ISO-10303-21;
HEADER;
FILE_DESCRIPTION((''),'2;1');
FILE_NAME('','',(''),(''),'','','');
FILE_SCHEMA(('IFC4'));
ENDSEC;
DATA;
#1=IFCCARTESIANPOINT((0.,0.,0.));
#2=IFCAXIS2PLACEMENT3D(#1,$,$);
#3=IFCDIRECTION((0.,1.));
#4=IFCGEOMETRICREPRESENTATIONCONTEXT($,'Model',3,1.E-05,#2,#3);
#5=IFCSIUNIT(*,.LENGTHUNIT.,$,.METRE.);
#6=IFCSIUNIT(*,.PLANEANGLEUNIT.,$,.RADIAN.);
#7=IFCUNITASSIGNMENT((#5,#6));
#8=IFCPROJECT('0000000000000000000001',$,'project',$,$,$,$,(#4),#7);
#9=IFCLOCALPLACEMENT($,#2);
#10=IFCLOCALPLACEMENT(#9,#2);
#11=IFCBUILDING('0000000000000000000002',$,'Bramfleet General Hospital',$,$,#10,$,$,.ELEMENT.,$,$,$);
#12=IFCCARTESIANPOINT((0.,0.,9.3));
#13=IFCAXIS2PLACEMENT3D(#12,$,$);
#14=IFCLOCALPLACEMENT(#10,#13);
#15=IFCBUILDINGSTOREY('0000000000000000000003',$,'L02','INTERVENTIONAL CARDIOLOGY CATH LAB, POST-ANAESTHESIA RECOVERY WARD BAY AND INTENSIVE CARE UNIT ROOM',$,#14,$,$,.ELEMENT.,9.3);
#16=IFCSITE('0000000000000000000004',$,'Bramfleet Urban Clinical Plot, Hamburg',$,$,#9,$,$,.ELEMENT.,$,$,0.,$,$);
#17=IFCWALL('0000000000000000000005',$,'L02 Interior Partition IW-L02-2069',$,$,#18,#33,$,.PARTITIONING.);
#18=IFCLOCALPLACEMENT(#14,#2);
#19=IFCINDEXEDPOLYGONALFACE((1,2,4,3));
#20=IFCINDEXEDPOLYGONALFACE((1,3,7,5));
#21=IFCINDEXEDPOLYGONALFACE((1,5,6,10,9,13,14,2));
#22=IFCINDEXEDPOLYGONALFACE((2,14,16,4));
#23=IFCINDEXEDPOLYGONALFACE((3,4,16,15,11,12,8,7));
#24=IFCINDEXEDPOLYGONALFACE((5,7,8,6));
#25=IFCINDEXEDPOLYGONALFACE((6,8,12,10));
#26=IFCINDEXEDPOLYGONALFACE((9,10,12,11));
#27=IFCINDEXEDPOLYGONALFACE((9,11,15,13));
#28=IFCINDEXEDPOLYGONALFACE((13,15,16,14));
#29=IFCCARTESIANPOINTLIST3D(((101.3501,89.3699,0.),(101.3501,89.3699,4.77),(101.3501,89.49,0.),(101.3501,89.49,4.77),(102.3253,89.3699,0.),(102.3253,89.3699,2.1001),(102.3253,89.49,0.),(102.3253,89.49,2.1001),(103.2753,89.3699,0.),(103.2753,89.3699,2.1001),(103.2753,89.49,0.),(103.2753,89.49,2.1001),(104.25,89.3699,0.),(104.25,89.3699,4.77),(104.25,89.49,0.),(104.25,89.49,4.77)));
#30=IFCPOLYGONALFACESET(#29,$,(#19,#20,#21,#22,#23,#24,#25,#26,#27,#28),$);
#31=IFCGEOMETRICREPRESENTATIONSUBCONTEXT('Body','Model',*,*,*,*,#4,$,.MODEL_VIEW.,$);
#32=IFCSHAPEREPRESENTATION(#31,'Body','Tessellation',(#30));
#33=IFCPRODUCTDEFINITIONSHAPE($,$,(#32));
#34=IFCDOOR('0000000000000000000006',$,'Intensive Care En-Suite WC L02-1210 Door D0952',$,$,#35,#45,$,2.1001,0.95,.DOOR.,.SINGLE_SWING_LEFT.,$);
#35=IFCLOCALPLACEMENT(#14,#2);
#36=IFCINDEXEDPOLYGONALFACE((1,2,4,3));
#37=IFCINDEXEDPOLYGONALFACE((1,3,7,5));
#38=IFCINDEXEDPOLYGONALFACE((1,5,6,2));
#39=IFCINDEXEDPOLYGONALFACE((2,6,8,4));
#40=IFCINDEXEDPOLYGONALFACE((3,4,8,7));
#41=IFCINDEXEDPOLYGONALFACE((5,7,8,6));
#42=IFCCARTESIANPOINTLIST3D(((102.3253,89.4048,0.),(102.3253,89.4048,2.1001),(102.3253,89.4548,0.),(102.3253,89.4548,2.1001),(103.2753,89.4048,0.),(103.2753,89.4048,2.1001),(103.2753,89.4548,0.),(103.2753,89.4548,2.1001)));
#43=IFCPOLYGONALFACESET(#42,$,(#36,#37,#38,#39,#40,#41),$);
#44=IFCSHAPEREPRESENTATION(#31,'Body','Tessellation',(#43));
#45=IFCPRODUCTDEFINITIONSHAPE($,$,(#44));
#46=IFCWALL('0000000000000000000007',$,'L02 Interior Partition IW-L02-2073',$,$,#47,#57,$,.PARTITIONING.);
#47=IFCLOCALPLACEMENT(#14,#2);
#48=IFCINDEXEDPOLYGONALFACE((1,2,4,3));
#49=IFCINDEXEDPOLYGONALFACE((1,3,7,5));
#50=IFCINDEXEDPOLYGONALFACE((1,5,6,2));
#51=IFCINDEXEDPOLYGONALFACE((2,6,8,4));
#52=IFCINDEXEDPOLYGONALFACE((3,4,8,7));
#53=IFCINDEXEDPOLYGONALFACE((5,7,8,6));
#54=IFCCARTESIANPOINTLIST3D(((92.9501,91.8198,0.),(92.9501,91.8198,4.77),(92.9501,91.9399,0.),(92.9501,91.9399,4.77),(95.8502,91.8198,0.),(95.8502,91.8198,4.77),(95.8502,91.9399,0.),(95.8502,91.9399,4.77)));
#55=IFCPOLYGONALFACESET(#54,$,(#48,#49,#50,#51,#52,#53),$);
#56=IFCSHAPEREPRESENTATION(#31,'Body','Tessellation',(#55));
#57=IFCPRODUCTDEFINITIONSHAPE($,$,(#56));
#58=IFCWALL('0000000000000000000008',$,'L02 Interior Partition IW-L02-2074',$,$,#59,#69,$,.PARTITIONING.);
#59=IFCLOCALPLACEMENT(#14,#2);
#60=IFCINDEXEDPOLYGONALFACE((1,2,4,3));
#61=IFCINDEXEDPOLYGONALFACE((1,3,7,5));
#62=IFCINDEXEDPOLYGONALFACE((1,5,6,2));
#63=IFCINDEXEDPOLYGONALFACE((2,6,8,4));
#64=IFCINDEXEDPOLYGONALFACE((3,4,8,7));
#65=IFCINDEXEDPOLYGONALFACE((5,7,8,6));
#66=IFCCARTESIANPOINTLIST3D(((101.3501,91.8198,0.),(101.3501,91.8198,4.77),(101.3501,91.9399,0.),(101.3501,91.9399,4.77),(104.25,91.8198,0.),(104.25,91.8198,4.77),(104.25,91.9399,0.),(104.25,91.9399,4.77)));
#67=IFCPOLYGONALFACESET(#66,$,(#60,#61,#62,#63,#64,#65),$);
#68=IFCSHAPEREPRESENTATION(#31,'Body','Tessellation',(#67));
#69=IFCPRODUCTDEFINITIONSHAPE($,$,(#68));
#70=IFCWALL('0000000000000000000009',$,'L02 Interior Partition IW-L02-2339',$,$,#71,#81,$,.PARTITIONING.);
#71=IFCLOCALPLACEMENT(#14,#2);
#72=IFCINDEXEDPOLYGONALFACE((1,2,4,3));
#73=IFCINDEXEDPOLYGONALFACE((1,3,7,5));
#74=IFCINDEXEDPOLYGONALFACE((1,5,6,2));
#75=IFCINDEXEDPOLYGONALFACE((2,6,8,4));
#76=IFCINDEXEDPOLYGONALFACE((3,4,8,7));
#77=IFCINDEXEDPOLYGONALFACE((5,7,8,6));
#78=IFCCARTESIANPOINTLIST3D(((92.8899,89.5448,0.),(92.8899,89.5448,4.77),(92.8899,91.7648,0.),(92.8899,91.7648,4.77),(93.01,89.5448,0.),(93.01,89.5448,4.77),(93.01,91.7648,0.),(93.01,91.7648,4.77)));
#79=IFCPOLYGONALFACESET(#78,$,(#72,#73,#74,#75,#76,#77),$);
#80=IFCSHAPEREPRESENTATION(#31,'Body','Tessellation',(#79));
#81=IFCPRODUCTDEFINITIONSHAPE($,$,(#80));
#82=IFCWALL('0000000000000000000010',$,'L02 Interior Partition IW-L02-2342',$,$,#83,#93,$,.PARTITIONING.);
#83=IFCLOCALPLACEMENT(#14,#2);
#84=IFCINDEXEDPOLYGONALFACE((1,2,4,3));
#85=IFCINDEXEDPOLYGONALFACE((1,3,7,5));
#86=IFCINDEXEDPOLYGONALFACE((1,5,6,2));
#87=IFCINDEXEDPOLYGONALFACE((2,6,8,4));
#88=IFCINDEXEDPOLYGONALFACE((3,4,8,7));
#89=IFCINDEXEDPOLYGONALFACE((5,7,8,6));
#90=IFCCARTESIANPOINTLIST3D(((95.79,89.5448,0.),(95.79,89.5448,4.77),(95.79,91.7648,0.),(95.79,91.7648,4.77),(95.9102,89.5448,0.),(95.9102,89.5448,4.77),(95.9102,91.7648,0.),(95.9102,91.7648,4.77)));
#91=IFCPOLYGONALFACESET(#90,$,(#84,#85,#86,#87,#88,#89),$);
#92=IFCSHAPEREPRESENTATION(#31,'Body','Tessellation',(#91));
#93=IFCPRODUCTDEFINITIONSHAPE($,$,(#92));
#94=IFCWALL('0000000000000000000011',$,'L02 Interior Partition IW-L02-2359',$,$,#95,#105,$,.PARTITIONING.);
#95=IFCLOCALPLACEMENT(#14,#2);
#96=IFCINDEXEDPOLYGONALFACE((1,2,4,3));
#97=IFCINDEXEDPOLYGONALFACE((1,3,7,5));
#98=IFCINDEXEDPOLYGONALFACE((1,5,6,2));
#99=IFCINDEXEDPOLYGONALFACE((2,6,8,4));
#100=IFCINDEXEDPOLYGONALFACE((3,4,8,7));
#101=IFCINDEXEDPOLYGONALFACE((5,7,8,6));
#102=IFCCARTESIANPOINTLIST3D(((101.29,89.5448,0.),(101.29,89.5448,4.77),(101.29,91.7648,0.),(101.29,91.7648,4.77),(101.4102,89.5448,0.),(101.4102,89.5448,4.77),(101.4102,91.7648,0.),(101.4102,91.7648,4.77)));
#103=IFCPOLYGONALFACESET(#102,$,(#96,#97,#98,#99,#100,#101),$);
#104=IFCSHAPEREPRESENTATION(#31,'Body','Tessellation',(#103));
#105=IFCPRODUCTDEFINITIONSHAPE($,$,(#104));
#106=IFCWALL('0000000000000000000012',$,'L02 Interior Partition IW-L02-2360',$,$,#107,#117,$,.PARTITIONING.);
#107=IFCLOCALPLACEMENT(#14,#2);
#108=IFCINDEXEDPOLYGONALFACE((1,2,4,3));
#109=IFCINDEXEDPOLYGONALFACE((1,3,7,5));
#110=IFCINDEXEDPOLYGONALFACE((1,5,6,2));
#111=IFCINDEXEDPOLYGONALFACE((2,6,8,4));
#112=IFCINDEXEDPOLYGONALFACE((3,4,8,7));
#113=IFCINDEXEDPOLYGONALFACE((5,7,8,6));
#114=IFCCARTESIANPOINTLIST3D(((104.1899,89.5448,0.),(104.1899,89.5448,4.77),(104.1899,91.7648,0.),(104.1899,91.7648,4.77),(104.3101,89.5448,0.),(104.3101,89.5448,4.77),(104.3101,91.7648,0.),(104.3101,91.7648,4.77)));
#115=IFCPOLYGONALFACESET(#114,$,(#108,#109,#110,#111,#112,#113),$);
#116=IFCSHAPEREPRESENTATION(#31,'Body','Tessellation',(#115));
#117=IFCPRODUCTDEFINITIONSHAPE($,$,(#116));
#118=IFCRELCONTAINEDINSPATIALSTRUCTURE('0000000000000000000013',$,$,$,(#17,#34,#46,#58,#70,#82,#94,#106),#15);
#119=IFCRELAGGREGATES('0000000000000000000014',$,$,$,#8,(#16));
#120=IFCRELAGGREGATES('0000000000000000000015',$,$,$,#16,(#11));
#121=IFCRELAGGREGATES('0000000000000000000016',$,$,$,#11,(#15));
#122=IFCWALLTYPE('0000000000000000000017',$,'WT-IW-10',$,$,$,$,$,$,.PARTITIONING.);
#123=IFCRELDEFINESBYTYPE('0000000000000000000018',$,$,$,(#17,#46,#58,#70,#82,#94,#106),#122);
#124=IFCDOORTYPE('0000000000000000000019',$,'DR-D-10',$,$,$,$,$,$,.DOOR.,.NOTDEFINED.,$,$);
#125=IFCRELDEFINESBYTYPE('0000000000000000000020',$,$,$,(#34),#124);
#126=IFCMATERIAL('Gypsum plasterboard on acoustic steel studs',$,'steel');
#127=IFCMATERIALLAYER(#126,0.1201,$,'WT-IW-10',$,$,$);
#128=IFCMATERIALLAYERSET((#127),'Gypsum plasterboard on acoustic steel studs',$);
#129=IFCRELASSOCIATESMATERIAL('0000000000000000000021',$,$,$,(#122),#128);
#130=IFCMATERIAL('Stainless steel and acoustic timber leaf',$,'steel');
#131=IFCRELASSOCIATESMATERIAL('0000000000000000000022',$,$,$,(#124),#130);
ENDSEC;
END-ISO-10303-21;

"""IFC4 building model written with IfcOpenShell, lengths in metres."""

from ifc_helpers import new_model, si_unit, direction, frame, frame_2d, origin, place, context, subcontext, project, spatial, rectangle, extrude, material, layer, layer_set, type_object, element, fill, save


model = new_model("IFC4")

# Units and contexts
model_context = context("Model", 3, precision=1e-05, world=origin(), true_north=direction((0.0, 1.0)))
body_context = subcontext(model_context, "Body", "Model", "MODEL_VIEW")
ifc_project = project(units=[si_unit("LENGTHUNIT", "METRE"), si_unit("PLANEANGLEUNIT", "RADIAN")], contexts=[model_context])

# Site, building, storey
site_placement = place(None, origin())
site = spatial("IfcSite", under=ifc_project, at=site_placement, Name="Bramfleet Urban Clinical Plot, Hamburg", CompositionType="ELEMENT", RefElevation=0.0)
building_placement = place(site_placement, origin())
building = spatial("IfcBuilding", under=site, at=building_placement, Name="Bramfleet General Hospital", CompositionType="ELEMENT")
storey_placement = place(building_placement, frame((0.0, 0.0, 9.3)))
storey = spatial("IfcBuildingStorey", under=building, at=storey_placement, Name="L02", Description="INTERVENTIONAL CARDIOLOGY CATH LAB, POST-ANAESTHESIA RECOVERY WARD BAY AND INTENSIVE CARE UNIT ROOM", CompositionType="ELEMENT", Elevation=9.3)

# Shared definitions
ifc_material_1 = material(Name="Gypsum plasterboard on acoustic steel studs", Category="steel")
ifc_material_2 = material(Name="Stainless steel and acoustic timber leaf", Category="steel")

# Wall, opening, door
ifc_layer_1 = layer(ifc_material_1, 0.1201, Name="WT-IW-10")
ifc_layer_set_1 = layer_set([ifc_layer_1], Name="Gypsum plasterboard on acoustic steel studs")
wall_type_1 = type_object("IfcWallType", Name="WT-IW-10", PredefinedType="PARTITIONING", material=ifc_layer_set_1)
door_type_1 = type_object("IfcDoorType", Name="DR-D-10", OperationType="NOTDEFINED", PredefinedType="DOOR", material=ifc_material_2)
wall_1_placement = place(storey_placement, frame((101.3501, 89.4299, 0.0), z_axis=(0.0, 0.0, 1.0), x_axis=(1.0, 0.0, 0.0)))
wall_1 = element("IfcWall", 1, at=wall_1_placement, inside=storey, type_object=wall_type_1, Name="L02 Interior Partition IW-L02-2069", PredefinedType="PARTITIONING", context=body_context, shape_type="SweptSolid", body=[
    extrude(rectangle(XDim=2.8999, YDim=0.1201, at=frame_2d((1.45, 0.0))), origin(), (0.0, 0.0, 1.0), 4.77),
])
opening_1_placement = place(wall_1_placement, frame((0.9751, 0.0, 0.0)))
opening_1 = element("IfcOpeningElement", 2, at=opening_1_placement, cuts=wall_1, PredefinedType="OPENING", context=body_context, shape_type="SweptSolid", body=[
    extrude(rectangle(XDim=0.95, YDim=2.1001, at=frame_2d((0.4751, 1.05))), frame((0.0, 0.0701, 0.0), z_axis=(0.0, -1.0, 0.0), x_axis=(1.0, 0.0, 0.0)), (0.0, 0.0, 1.0), 0.1401),
])
door_1_placement = place(opening_1_placement, origin())
door_1 = element("IfcDoor", 3, at=door_1_placement, inside=storey, type_object=door_type_1, Name="Intensive Care En-Suite WC L02-1210 Door D0952", OperationType="SINGLE_SWING_LEFT", OverallHeight=2.1001, OverallWidth=0.95, PredefinedType="DOOR", context=body_context, shape_type="SweptSolid", body=[
    extrude(rectangle(XDim=0.95, YDim=2.1001, at=frame_2d((0.4751, 1.05))), frame((0.0, 0.0249, 0.0), z_axis=(0.0, -1.0, 0.0), x_axis=(1.0, 0.0, 0.0)), (0.0, 0.0, 1.0), 0.05),
])
fill(opening_1, door_1)

# Walls
wall_2_placement = place(storey_placement, frame((92.95, 91.8799, 0.0), z_axis=(0.0, 0.0, 1.0), x_axis=(1.0, 0.0, 0.0)))
element("IfcWall", 4, at=wall_2_placement, inside=storey, type_object=wall_type_1, Name="L02 Interior Partition IW-L02-2073", PredefinedType="PARTITIONING", context=body_context, shape_type="SweptSolid", body=[
    extrude(rectangle(XDim=2.9001, YDim=0.1201, at=frame_2d((1.4502, 0.0))), origin(), (0.0, 0.0, 1.0), 4.77),
])
wall_3_placement = place(storey_placement, frame((101.3501, 91.8799, 0.0), z_axis=(0.0, 0.0, 1.0), x_axis=(1.0, 0.0, 0.0)))
element("IfcWall", 5, at=wall_3_placement, inside=storey, type_object=wall_type_1, Name="L02 Interior Partition IW-L02-2074", PredefinedType="PARTITIONING", context=body_context, shape_type="SweptSolid", body=[
    extrude(rectangle(XDim=2.8999, YDim=0.1201, at=frame_2d((1.45, 0.0))), origin(), (0.0, 0.0, 1.0), 4.77),
])
for number, where, z_axis, x_axis, name in (
    (6, (92.95, 89.5449, 0.0), (0.0, 0.0, 1.0), (0.0, 1.0, 0.0), "L02 Interior Partition IW-L02-2339"),
    (7, (95.8501, 89.5449, 0.0), (0.0, 0.0, 1.0), (0.0, 1.0, 0.0), "L02 Interior Partition IW-L02-2342"),
    (8, (101.3501, 89.5449, 0.0), (0.0, 0.0, 1.0), (0.0, 1.0, 0.0), "L02 Interior Partition IW-L02-2359"),
    (9, (104.25, 89.5449, 0.0), (0.0, 0.0, 1.0), (0.0, 1.0, 0.0), "L02 Interior Partition IW-L02-2360"),
):
    element("IfcWall", number, at=place(storey_placement, frame(where, z_axis=z_axis, x_axis=x_axis)), inside=storey, type_object=wall_type_1, Name=name, PredefinedType="PARTITIONING", context=body_context, shape_type="SweptSolid", body=[
        extrude(rectangle(XDim=2.22, YDim=0.1201, at=frame_2d((1.1099, 0.0))), origin(), (0.0, 0.0, 1.0), 4.77),
    ])

save(model, "model.ifc")
